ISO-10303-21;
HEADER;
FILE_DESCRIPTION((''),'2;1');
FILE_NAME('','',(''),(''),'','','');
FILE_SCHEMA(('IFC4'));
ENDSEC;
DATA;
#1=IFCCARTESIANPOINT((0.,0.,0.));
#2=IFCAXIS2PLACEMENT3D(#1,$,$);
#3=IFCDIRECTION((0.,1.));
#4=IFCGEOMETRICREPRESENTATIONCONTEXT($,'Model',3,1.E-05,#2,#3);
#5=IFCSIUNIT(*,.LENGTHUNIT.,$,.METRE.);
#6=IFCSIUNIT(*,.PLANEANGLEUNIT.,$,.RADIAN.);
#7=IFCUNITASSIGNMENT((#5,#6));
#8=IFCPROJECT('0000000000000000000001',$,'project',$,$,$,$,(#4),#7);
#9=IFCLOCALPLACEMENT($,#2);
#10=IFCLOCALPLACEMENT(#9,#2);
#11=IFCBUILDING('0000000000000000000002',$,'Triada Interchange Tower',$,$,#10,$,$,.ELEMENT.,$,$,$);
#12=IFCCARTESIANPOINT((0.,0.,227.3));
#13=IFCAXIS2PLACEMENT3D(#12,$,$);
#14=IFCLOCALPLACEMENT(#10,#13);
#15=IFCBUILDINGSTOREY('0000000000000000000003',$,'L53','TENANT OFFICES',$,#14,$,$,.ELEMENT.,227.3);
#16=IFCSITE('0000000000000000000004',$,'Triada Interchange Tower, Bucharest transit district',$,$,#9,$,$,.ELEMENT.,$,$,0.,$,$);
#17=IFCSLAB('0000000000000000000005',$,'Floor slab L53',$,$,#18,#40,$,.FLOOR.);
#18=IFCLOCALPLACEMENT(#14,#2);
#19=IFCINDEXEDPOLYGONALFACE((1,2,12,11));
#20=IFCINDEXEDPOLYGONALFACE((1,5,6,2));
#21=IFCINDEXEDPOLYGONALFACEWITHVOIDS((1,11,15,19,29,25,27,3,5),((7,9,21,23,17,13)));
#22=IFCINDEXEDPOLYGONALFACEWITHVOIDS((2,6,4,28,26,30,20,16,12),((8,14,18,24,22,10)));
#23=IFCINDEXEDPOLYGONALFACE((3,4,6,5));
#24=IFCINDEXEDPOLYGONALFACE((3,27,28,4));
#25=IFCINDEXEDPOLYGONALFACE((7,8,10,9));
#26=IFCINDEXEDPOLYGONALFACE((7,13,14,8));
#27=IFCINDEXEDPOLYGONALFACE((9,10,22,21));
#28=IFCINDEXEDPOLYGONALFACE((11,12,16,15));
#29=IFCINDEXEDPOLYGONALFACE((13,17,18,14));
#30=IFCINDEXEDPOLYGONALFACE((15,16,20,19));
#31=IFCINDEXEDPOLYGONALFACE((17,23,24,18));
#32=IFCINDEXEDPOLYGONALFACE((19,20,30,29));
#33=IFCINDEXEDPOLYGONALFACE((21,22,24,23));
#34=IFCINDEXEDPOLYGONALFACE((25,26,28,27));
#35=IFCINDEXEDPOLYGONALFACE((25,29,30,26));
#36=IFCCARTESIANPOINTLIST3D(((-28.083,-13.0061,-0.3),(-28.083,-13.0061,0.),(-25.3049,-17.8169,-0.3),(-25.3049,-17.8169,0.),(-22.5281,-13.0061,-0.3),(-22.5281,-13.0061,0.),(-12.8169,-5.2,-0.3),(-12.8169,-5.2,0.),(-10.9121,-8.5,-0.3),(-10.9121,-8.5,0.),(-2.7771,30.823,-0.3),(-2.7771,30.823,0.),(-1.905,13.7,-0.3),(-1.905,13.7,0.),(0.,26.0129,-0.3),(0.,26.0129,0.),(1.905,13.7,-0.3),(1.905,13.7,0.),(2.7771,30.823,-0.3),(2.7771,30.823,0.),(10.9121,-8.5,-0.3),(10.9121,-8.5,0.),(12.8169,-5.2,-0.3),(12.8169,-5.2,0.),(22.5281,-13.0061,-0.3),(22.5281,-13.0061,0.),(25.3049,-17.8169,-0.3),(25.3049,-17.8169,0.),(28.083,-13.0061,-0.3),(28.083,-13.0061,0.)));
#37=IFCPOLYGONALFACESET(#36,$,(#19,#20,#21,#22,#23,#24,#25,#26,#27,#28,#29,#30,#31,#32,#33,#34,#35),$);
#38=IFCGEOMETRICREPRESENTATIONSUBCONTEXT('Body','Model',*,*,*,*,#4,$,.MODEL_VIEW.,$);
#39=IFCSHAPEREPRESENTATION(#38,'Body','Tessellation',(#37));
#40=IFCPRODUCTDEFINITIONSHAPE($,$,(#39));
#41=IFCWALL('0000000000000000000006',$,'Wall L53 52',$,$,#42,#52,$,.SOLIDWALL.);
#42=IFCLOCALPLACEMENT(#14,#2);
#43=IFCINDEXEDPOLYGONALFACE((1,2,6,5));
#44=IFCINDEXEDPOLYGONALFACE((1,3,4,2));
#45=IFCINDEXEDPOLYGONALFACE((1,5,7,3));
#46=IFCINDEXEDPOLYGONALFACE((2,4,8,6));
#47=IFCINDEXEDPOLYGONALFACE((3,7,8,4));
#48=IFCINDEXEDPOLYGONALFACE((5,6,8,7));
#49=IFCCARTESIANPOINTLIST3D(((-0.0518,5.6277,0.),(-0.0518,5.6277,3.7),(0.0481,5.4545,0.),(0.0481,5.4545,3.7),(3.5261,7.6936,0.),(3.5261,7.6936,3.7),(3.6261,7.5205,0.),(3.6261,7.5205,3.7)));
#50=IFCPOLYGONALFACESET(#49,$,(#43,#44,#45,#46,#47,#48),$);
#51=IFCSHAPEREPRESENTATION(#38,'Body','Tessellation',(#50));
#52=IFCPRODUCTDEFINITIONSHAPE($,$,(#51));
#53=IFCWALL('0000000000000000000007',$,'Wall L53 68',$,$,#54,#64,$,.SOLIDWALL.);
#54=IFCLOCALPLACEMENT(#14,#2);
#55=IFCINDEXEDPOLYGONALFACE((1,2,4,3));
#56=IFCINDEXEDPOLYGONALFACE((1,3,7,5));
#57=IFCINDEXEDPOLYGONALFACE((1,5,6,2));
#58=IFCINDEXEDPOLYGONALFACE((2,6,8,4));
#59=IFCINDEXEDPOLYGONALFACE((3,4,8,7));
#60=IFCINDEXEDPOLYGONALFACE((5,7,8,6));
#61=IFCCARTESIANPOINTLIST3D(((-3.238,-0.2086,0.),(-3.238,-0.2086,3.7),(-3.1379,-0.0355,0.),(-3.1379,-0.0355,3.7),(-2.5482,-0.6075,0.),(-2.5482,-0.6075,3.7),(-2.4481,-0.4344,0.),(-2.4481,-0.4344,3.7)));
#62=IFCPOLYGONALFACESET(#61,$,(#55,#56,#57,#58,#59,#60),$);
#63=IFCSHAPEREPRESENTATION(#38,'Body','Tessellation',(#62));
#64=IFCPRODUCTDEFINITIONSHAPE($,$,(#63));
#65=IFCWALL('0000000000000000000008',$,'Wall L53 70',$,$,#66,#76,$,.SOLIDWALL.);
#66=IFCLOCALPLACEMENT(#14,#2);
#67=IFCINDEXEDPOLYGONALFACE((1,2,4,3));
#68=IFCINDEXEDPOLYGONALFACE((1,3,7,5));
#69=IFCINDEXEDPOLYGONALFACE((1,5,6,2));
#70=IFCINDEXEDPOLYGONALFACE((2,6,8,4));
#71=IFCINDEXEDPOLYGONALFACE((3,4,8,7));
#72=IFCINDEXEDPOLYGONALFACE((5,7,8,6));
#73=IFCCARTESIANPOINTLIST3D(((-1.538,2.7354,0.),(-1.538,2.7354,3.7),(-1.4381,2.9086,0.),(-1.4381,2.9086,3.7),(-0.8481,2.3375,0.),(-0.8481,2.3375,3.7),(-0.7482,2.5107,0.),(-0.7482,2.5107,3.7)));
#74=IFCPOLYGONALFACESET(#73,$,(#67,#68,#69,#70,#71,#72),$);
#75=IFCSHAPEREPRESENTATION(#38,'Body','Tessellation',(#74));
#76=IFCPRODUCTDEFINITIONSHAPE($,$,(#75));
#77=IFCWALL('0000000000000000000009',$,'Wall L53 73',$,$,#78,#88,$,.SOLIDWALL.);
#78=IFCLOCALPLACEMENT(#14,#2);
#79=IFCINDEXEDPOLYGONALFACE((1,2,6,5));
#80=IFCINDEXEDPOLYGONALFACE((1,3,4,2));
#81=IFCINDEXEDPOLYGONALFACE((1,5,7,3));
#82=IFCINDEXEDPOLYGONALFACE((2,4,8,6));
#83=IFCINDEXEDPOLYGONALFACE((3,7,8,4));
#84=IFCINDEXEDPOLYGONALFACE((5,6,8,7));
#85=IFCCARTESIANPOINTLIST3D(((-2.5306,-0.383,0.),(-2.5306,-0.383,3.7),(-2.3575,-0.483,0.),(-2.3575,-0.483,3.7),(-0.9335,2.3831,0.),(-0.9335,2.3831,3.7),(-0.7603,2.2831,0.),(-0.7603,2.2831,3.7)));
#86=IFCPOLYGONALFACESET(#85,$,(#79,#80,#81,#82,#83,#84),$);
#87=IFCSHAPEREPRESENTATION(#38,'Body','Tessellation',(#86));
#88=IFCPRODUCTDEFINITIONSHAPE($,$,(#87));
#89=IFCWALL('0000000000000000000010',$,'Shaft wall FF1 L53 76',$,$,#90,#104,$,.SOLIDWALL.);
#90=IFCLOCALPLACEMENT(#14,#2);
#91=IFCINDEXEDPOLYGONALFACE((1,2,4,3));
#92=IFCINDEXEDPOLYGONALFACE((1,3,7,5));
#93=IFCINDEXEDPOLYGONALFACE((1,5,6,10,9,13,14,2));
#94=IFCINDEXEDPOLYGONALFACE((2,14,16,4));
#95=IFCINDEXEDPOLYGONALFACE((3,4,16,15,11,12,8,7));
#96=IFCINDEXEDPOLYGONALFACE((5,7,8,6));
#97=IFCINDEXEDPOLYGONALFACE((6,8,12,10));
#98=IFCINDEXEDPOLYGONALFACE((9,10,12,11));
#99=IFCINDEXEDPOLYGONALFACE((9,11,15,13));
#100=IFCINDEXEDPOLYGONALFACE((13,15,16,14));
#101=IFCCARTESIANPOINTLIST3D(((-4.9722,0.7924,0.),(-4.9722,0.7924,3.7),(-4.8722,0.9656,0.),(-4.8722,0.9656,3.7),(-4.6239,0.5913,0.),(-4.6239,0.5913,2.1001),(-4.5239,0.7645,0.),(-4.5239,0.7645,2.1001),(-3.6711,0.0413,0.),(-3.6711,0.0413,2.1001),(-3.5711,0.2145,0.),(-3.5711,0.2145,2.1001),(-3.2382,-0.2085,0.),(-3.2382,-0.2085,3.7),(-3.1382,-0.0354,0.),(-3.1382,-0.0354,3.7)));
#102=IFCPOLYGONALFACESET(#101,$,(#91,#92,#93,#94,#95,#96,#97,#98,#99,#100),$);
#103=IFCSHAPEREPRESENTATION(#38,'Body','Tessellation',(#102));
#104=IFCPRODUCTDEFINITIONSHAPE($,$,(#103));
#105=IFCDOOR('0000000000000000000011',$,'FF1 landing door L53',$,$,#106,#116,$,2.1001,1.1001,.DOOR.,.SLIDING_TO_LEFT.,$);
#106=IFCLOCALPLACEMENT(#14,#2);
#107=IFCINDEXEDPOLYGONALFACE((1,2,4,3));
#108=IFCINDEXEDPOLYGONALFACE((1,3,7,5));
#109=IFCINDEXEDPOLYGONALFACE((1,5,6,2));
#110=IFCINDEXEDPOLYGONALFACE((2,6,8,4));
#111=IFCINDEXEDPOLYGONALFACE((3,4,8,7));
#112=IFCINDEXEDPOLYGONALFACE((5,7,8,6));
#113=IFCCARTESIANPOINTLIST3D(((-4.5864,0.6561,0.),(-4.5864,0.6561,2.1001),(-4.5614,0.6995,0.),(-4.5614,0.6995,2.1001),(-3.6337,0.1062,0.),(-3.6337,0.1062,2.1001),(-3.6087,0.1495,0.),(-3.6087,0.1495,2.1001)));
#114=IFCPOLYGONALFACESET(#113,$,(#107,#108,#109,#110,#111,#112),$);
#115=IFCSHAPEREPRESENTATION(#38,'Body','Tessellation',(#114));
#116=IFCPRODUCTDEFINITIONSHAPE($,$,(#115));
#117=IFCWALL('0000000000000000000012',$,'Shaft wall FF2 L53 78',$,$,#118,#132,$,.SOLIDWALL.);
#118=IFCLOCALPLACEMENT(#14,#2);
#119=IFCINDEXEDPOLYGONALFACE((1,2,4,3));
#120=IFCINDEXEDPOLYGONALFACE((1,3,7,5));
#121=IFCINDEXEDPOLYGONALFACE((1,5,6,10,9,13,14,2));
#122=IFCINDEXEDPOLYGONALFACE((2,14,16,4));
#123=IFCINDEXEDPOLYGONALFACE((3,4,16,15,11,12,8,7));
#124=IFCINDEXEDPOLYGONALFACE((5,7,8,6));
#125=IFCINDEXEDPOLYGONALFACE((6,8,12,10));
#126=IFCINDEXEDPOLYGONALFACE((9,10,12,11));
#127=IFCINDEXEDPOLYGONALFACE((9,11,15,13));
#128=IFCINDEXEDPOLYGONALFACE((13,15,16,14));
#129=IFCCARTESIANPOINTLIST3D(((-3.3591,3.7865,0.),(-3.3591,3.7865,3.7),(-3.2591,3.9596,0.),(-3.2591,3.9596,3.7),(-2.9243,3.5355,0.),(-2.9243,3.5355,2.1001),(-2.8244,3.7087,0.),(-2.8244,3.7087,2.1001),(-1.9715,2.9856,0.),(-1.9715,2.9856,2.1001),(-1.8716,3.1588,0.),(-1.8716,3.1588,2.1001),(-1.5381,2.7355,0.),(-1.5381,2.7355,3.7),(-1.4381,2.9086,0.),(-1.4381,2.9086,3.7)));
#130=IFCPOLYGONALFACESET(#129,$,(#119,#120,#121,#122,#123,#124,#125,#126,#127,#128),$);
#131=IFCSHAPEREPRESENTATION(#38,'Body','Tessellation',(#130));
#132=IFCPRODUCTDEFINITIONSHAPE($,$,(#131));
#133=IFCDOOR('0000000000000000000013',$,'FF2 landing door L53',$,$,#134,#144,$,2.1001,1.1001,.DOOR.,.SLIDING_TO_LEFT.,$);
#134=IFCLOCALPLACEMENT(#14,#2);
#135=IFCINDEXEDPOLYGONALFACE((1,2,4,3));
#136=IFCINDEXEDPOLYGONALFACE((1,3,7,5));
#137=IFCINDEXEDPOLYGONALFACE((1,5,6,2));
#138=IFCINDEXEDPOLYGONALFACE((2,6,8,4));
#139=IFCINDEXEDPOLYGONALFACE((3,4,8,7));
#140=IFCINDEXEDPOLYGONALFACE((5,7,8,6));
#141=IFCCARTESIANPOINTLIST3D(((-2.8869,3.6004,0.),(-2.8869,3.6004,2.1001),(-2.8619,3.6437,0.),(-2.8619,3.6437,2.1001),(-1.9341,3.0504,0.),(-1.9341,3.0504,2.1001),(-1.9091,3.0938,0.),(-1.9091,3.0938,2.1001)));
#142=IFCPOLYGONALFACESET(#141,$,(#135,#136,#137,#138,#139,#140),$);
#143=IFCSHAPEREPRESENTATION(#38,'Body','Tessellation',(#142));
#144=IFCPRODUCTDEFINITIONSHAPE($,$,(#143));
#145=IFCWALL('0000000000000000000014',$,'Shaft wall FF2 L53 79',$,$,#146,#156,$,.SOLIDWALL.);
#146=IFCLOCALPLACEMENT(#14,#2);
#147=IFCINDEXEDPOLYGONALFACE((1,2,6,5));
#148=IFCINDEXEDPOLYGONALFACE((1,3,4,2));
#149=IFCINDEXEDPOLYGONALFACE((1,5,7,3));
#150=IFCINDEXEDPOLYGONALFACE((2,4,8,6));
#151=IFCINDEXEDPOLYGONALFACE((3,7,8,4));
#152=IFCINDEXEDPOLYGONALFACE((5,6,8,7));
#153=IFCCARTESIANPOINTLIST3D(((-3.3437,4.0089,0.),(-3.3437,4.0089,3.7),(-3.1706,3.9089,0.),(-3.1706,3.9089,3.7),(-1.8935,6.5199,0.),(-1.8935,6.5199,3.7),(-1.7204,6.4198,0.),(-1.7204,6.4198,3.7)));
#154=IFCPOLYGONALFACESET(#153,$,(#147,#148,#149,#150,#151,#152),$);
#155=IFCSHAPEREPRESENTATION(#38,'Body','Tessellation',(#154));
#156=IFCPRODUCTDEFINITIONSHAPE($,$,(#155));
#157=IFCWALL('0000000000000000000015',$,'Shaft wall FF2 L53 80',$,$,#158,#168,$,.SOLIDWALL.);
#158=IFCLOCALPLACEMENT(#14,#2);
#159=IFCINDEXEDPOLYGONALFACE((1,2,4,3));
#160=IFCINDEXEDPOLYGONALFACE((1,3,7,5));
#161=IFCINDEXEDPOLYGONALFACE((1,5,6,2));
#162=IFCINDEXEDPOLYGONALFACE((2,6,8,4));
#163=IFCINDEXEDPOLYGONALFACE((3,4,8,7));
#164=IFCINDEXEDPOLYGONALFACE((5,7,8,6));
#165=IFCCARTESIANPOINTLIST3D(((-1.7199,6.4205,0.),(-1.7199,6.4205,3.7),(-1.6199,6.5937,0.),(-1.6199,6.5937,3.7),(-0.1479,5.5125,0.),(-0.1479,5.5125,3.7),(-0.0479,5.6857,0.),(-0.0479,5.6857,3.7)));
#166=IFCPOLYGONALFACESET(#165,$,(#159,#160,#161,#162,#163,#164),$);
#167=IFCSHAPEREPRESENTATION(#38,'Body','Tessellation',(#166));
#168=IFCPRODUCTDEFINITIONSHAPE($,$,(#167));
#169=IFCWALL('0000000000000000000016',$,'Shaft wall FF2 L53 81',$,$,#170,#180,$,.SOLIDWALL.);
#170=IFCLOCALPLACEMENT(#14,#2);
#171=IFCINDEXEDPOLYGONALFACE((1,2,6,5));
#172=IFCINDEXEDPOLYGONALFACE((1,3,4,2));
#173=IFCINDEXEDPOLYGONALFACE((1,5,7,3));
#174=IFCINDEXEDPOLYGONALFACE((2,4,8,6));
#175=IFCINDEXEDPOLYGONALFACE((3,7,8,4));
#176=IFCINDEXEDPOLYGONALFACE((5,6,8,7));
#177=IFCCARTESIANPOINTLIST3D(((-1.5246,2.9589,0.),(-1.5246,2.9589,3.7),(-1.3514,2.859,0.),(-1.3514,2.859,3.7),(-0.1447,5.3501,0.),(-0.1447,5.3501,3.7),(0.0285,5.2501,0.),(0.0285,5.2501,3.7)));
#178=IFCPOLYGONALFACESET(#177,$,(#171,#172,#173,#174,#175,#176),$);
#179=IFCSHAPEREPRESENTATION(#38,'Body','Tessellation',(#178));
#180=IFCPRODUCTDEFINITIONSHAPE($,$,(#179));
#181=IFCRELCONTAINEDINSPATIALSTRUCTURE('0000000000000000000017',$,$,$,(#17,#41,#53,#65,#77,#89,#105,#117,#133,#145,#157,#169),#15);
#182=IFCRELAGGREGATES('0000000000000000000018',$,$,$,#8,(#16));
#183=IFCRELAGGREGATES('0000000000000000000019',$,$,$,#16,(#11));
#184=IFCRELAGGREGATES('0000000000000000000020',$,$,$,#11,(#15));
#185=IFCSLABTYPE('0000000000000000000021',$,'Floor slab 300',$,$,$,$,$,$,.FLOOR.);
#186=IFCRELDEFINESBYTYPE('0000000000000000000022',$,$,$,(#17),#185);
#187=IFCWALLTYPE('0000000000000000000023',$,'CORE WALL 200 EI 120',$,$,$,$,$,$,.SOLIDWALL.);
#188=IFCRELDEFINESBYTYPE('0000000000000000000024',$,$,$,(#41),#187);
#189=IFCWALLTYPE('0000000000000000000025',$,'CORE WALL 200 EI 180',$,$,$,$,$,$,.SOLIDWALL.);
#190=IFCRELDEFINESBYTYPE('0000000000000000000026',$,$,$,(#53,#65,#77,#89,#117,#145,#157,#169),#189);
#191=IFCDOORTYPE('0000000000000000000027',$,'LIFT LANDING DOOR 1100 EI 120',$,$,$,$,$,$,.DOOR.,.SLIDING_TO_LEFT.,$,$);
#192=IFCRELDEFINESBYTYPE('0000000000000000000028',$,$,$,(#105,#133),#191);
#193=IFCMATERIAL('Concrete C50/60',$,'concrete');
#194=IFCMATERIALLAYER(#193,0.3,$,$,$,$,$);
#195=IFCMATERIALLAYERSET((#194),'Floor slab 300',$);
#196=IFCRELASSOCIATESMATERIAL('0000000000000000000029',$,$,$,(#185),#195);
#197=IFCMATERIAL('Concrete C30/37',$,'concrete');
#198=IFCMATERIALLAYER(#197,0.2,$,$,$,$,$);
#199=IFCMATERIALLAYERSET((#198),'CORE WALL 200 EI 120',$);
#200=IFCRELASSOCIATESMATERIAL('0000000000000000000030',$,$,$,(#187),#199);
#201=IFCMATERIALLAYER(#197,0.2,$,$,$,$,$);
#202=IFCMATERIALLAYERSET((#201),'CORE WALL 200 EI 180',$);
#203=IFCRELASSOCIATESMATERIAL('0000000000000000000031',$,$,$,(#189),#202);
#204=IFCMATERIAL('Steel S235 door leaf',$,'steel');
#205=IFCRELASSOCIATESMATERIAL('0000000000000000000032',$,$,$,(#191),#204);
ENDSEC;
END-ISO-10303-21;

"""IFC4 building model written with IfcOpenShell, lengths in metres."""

from ifc_helpers import new_model, si_unit, direction, frame, frame_2d, origin, place, context, subcontext, project, spatial, polyline, rectangle, outline, extrude, material, layer, layer_set, type_object, element, fill, save


model = new_model("IFC4")

# Units and contexts
model_context = context("Model", 3, precision=1e-05, world=origin(), true_north=direction((0.0, 1.0)))
body_context = subcontext(model_context, "Body", "Model", "MODEL_VIEW")
ifc_project = project(units=[si_unit("LENGTHUNIT", "METRE"), si_unit("PLANEANGLEUNIT", "RADIAN")], contexts=[model_context])

# Site, building, storey
site_placement = place(None, origin())
site = spatial("IfcSite", under=ifc_project, at=site_placement, Name="Triada Interchange Tower, Bucharest transit district", CompositionType="ELEMENT", RefElevation=0.0)
building_placement = place(site_placement, origin())
building = spatial("IfcBuilding", under=site, at=building_placement, Name="Triada Interchange Tower", CompositionType="ELEMENT")
storey_placement = place(building_placement, frame((0.0, 0.0, 227.3)))
storey = spatial("IfcBuildingStorey", under=building, at=storey_placement, Name="L53", Description="TENANT OFFICES", CompositionType="ELEMENT", Elevation=227.3)

# Slab
ifc_material_1 = material(Name="Concrete C50/60", Category="concrete")
ifc_layer_1 = layer(ifc_material_1, 0.3)
ifc_layer_set_1 = layer_set([ifc_layer_1], Name="Floor slab 300")
slab_type = type_object("IfcSlabType", Name="Floor slab 300", PredefinedType="FLOOR", material=ifc_layer_set_1)
slab_placement = place(storey_placement, frame((0.0, 0.0, -0.3)))
element("IfcSlab", 1, at=slab_placement, inside=storey, type_object=slab_type, Name="Floor slab L53", PredefinedType="FLOOR", context=body_context, shape_type="SweptSolid", body=[
    extrude(outline(polyline([(-2.7771, 30.823), (-28.083, -13.0061), (-22.5281, -13.0061), (-25.3049, -17.8169), (25.3049, -17.8169), (22.5281, -13.0061), (28.083, -13.0061), (2.7771, 30.823), (0.0, 26.0129), (-2.7771, 30.823)]), holes=[polyline([(1.905, 13.7), (-1.905, 13.7), (-12.8169, -5.2), (-10.9121, -8.5), (10.9121, -8.5), (12.8169, -5.2), (1.905, 13.7)])]), origin(), (0.0, 0.0, 1.0), 0.3),
])

# Walls
ifc_material_2 = material(Name="Concrete C30/37", Category="concrete")
ifc_layer_2 = layer(ifc_material_2, 0.2)
ifc_layer_set_2 = layer_set([ifc_layer_2], Name="CORE WALL 200 EI 120")
wall_type_1 = type_object("IfcWallType", Name="CORE WALL 200 EI 120", PredefinedType="SOLIDWALL", material=ifc_layer_set_2)
wall_1_placement = place(storey_placement, frame((-0.002, 5.541, 0.0), z_axis=(0.0, 0.0, 1.0), x_axis=(0.866002, 0.500041, 0.0)))
element("IfcWall", 2, at=wall_1_placement, inside=storey, type_object=wall_type_1, Name="Wall L53 52", PredefinedType="SOLIDWALL", context=body_context, shape_type="SweptSolid", body=[
    extrude(rectangle(XDim=4.1316, YDim=0.2, at=frame_2d((2.0659, 0.0))), origin(), (0.0, 0.0, 1.0), 3.7),
])
ifc_layer_3 = layer(ifc_material_2, 0.2)
ifc_layer_set_3 = layer_set([ifc_layer_3], Name="CORE WALL 200 EI 180")
wall_type_2 = type_object("IfcWallType", Name="CORE WALL 200 EI 180", PredefinedType="SOLIDWALL", material=ifc_layer_set_3)
wall_2_placement = place(storey_placement, frame((-3.188, -0.1221, 0.0), z_axis=(0.0, 0.0, 1.0), x_axis=(0.865706, -0.500553, 0.0)))
element("IfcWall", 3, at=wall_2_placement, inside=storey, type_object=wall_type_2, Name="Wall L53 68", PredefinedType="SOLIDWALL", context=body_context, shape_type="SweptSolid", body=[
    extrude(rectangle(XDim=0.7969, YDim=0.2, at=frame_2d((0.3984, 0.0))), origin(), (0.0, 0.0, 1.0), 3.7),
])
wall_3_placement = place(storey_placement, frame((-1.488, 2.822, 0.0), z_axis=(0.0, 0.0, 1.0), x_axis=(0.866237, -0.499634, 0.0)))
element("IfcWall", 4, at=wall_3_placement, inside=storey, type_object=wall_type_2, Name="Wall L53 70", PredefinedType="SOLIDWALL", context=body_context, shape_type="SweptSolid", body=[
    extrude(rectangle(XDim=0.7964, YDim=0.2, at=frame_2d((0.3982, 0.0))), origin(), (0.0, 0.0, 1.0), 3.7),
])
wall_4_placement = place(storey_placement, frame((-2.4441, -0.4331, 0.0), z_axis=(0.0, 0.0, 1.0), x_axis=(0.500036, 0.866005, 0.0)))
element("IfcWall", 5, at=wall_4_placement, inside=storey, type_object=wall_type_2, Name="Wall L53 73", PredefinedType="SOLIDWALL", context=body_context, shape_type="SweptSolid", body=[
    extrude(rectangle(XDim=3.1941, YDim=0.2, at=frame_2d((1.5972, 0.0))), origin(), (0.0, 0.0, 1.0), 3.7),
])

# Walls, openings, doors
wall_5_placement = place(storey_placement, frame((-4.9221, 0.8789, 0.0), z_axis=(0.0, 0.0, 1.0), x_axis=(0.866074, -0.499916, 0.0)))
wall_5 = element("IfcWall", 6, at=wall_5_placement, inside=storey, type_object=wall_type_2, Name="Shaft wall FF1 L53 76", PredefinedType="SOLIDWALL", context=body_context, shape_type="SweptSolid", body=[
    extrude(rectangle(XDim=2.0022, YDim=0.2, at=frame_2d((1.001, 0.0))), origin(), (0.0, 0.0, 1.0), 3.7),
])
opening_1_placement = place(wall_5_placement, frame((0.4021, 0.0, 0.0)))
opening_1 = element("IfcOpeningElement", 7, at=opening_1_placement, cuts=wall_5, PredefinedType="OPENING", context=body_context, shape_type="SweptSolid", body=[
    extrude(rectangle(XDim=1.1001, YDim=2.1001, at=frame_2d((0.55, 1.05))), frame((0.0, 0.1099, 0.0), z_axis=(0.0, -1.0, 0.0), x_axis=(1.0, 0.0, 0.0)), (0.0, 0.0, 1.0), 0.22),
])
ifc_material_3 = material(Name="Steel S235 door leaf", Category="steel")
door_type = type_object("IfcDoorType", Name="LIFT LANDING DOOR 1100 EI 120", OperationType="SLIDING_TO_LEFT", PredefinedType="DOOR", material=ifc_material_3)
door_1_placement = place(opening_1_placement, origin())
door_1 = element("IfcDoor", 8, at=door_1_placement, inside=storey, type_object=door_type, Name="FF1 landing door L53", OperationType="SLIDING_TO_LEFT", OverallHeight=2.1001, OverallWidth=1.1001, PredefinedType="DOOR", context=body_context, shape_type="SweptSolid", body=[
    extrude(rectangle(XDim=1.1001, YDim=2.1001, at=frame_2d((0.55, 1.05))), frame((0.0, 0.0249, 0.0), z_axis=(0.0, -1.0, 0.0), x_axis=(1.0, 0.0, 0.0)), (0.0, 0.0, 1.0), 0.05),
])
fill(opening_1, door_1)
wall_6_placement = place(storey_placement, frame((-3.3091, 3.873, 0.0), z_axis=(0.0, 0.0, 1.0), x_axis=(0.866099, -0.499873, 0.0)))
wall_6 = element("IfcWall", 9, at=wall_6_placement, inside=storey, type_object=wall_type_2, Name="Shaft wall FF2 L53 78", PredefinedType="SOLIDWALL", context=body_context, shape_type="SweptSolid", body=[
    extrude(rectangle(XDim=2.1025, YDim=0.2, at=frame_2d((1.0513, 0.0))), origin(), (0.0, 0.0, 1.0), 3.7),
])
opening_2_placement = place(wall_6_placement, frame((0.502, 0.0, 0.0)))
opening_2 = element("IfcOpeningElement", 10, at=opening_2_placement, cuts=wall_6, PredefinedType="OPENING", context=body_context, shape_type="SweptSolid", body=[
    extrude(rectangle(XDim=1.1001, YDim=2.1001, at=frame_2d((0.55, 1.05))), frame((0.0, 0.1099, 0.0), z_axis=(0.0, -1.0, 0.0), x_axis=(1.0, 0.0, 0.0)), (0.0, 0.0, 1.0), 0.22),
])
door_2_placement = place(opening_2_placement, origin())
door_2 = element("IfcDoor", 11, at=door_2_placement, inside=storey, type_object=door_type, Name="FF2 landing door L53", OperationType="SLIDING_TO_LEFT", OverallHeight=2.1001, OverallWidth=1.1001, PredefinedType="DOOR", context=body_context, shape_type="SweptSolid", body=[
    extrude(rectangle(XDim=1.1001, YDim=2.1001, at=frame_2d((0.55, 1.05))), frame((0.0, 0.0249, 0.0), z_axis=(0.0, -1.0, 0.0), x_axis=(1.0, 0.0, 0.0)), (0.0, 0.0, 1.0), 0.05),
])
fill(opening_2, door_2)

# Walls
wall_7_placement = place(storey_placement, frame((-3.2571, 3.959, 0.0), z_axis=(0.0, 0.0, 1.0), x_axis=(0.500123, 0.865954, 0.0)))
element("IfcWall", 12, at=wall_7_placement, inside=storey, type_object=wall_type_2, Name="Shaft wall FF2 L53 79", PredefinedType="SOLIDWALL", context=body_context, shape_type="SweptSolid", body=[
    extrude(rectangle(XDim=2.8997, YDim=0.2, at=frame_2d((1.4497, 0.0))), origin(), (0.0, 0.0, 1.0), 3.7),
])
wall_8_placement = place(storey_placement, frame((-1.6699, 6.5071, 0.0), z_axis=(0.0, 0.0, 1.0), x_axis=(0.865941, -0.500145, 0.0)))
element("IfcWall", 13, at=wall_8_placement, inside=storey, type_object=wall_type_2, Name="Shaft wall FF2 L53 80", PredefinedType="SOLIDWALL", context=body_context, shape_type="SweptSolid", body=[
    extrude(rectangle(XDim=1.8154, YDim=0.2, at=frame_2d((0.9077, 0.0))), origin(), (0.0, 0.0, 1.0), 3.7),
])
wall_9_placement = place(storey_placement, frame((-1.438, 2.9089, 0.0), z_axis=(0.0, 0.0, 1.0), x_axis=(0.49983, 0.866124, 0.0)))
element("IfcWall", 14, at=wall_9_placement, inside=storey, type_object=wall_type_2, Name="Shaft wall FF2 L53 81", PredefinedType="SOLIDWALL", context=body_context, shape_type="SweptSolid", body=[
    extrude(rectangle(XDim=2.7607, YDim=0.2, at=frame_2d((1.3804, 0.0))), origin(), (0.0, 0.0, 1.0), 3.7),
])

save(model, "model.ifc")
